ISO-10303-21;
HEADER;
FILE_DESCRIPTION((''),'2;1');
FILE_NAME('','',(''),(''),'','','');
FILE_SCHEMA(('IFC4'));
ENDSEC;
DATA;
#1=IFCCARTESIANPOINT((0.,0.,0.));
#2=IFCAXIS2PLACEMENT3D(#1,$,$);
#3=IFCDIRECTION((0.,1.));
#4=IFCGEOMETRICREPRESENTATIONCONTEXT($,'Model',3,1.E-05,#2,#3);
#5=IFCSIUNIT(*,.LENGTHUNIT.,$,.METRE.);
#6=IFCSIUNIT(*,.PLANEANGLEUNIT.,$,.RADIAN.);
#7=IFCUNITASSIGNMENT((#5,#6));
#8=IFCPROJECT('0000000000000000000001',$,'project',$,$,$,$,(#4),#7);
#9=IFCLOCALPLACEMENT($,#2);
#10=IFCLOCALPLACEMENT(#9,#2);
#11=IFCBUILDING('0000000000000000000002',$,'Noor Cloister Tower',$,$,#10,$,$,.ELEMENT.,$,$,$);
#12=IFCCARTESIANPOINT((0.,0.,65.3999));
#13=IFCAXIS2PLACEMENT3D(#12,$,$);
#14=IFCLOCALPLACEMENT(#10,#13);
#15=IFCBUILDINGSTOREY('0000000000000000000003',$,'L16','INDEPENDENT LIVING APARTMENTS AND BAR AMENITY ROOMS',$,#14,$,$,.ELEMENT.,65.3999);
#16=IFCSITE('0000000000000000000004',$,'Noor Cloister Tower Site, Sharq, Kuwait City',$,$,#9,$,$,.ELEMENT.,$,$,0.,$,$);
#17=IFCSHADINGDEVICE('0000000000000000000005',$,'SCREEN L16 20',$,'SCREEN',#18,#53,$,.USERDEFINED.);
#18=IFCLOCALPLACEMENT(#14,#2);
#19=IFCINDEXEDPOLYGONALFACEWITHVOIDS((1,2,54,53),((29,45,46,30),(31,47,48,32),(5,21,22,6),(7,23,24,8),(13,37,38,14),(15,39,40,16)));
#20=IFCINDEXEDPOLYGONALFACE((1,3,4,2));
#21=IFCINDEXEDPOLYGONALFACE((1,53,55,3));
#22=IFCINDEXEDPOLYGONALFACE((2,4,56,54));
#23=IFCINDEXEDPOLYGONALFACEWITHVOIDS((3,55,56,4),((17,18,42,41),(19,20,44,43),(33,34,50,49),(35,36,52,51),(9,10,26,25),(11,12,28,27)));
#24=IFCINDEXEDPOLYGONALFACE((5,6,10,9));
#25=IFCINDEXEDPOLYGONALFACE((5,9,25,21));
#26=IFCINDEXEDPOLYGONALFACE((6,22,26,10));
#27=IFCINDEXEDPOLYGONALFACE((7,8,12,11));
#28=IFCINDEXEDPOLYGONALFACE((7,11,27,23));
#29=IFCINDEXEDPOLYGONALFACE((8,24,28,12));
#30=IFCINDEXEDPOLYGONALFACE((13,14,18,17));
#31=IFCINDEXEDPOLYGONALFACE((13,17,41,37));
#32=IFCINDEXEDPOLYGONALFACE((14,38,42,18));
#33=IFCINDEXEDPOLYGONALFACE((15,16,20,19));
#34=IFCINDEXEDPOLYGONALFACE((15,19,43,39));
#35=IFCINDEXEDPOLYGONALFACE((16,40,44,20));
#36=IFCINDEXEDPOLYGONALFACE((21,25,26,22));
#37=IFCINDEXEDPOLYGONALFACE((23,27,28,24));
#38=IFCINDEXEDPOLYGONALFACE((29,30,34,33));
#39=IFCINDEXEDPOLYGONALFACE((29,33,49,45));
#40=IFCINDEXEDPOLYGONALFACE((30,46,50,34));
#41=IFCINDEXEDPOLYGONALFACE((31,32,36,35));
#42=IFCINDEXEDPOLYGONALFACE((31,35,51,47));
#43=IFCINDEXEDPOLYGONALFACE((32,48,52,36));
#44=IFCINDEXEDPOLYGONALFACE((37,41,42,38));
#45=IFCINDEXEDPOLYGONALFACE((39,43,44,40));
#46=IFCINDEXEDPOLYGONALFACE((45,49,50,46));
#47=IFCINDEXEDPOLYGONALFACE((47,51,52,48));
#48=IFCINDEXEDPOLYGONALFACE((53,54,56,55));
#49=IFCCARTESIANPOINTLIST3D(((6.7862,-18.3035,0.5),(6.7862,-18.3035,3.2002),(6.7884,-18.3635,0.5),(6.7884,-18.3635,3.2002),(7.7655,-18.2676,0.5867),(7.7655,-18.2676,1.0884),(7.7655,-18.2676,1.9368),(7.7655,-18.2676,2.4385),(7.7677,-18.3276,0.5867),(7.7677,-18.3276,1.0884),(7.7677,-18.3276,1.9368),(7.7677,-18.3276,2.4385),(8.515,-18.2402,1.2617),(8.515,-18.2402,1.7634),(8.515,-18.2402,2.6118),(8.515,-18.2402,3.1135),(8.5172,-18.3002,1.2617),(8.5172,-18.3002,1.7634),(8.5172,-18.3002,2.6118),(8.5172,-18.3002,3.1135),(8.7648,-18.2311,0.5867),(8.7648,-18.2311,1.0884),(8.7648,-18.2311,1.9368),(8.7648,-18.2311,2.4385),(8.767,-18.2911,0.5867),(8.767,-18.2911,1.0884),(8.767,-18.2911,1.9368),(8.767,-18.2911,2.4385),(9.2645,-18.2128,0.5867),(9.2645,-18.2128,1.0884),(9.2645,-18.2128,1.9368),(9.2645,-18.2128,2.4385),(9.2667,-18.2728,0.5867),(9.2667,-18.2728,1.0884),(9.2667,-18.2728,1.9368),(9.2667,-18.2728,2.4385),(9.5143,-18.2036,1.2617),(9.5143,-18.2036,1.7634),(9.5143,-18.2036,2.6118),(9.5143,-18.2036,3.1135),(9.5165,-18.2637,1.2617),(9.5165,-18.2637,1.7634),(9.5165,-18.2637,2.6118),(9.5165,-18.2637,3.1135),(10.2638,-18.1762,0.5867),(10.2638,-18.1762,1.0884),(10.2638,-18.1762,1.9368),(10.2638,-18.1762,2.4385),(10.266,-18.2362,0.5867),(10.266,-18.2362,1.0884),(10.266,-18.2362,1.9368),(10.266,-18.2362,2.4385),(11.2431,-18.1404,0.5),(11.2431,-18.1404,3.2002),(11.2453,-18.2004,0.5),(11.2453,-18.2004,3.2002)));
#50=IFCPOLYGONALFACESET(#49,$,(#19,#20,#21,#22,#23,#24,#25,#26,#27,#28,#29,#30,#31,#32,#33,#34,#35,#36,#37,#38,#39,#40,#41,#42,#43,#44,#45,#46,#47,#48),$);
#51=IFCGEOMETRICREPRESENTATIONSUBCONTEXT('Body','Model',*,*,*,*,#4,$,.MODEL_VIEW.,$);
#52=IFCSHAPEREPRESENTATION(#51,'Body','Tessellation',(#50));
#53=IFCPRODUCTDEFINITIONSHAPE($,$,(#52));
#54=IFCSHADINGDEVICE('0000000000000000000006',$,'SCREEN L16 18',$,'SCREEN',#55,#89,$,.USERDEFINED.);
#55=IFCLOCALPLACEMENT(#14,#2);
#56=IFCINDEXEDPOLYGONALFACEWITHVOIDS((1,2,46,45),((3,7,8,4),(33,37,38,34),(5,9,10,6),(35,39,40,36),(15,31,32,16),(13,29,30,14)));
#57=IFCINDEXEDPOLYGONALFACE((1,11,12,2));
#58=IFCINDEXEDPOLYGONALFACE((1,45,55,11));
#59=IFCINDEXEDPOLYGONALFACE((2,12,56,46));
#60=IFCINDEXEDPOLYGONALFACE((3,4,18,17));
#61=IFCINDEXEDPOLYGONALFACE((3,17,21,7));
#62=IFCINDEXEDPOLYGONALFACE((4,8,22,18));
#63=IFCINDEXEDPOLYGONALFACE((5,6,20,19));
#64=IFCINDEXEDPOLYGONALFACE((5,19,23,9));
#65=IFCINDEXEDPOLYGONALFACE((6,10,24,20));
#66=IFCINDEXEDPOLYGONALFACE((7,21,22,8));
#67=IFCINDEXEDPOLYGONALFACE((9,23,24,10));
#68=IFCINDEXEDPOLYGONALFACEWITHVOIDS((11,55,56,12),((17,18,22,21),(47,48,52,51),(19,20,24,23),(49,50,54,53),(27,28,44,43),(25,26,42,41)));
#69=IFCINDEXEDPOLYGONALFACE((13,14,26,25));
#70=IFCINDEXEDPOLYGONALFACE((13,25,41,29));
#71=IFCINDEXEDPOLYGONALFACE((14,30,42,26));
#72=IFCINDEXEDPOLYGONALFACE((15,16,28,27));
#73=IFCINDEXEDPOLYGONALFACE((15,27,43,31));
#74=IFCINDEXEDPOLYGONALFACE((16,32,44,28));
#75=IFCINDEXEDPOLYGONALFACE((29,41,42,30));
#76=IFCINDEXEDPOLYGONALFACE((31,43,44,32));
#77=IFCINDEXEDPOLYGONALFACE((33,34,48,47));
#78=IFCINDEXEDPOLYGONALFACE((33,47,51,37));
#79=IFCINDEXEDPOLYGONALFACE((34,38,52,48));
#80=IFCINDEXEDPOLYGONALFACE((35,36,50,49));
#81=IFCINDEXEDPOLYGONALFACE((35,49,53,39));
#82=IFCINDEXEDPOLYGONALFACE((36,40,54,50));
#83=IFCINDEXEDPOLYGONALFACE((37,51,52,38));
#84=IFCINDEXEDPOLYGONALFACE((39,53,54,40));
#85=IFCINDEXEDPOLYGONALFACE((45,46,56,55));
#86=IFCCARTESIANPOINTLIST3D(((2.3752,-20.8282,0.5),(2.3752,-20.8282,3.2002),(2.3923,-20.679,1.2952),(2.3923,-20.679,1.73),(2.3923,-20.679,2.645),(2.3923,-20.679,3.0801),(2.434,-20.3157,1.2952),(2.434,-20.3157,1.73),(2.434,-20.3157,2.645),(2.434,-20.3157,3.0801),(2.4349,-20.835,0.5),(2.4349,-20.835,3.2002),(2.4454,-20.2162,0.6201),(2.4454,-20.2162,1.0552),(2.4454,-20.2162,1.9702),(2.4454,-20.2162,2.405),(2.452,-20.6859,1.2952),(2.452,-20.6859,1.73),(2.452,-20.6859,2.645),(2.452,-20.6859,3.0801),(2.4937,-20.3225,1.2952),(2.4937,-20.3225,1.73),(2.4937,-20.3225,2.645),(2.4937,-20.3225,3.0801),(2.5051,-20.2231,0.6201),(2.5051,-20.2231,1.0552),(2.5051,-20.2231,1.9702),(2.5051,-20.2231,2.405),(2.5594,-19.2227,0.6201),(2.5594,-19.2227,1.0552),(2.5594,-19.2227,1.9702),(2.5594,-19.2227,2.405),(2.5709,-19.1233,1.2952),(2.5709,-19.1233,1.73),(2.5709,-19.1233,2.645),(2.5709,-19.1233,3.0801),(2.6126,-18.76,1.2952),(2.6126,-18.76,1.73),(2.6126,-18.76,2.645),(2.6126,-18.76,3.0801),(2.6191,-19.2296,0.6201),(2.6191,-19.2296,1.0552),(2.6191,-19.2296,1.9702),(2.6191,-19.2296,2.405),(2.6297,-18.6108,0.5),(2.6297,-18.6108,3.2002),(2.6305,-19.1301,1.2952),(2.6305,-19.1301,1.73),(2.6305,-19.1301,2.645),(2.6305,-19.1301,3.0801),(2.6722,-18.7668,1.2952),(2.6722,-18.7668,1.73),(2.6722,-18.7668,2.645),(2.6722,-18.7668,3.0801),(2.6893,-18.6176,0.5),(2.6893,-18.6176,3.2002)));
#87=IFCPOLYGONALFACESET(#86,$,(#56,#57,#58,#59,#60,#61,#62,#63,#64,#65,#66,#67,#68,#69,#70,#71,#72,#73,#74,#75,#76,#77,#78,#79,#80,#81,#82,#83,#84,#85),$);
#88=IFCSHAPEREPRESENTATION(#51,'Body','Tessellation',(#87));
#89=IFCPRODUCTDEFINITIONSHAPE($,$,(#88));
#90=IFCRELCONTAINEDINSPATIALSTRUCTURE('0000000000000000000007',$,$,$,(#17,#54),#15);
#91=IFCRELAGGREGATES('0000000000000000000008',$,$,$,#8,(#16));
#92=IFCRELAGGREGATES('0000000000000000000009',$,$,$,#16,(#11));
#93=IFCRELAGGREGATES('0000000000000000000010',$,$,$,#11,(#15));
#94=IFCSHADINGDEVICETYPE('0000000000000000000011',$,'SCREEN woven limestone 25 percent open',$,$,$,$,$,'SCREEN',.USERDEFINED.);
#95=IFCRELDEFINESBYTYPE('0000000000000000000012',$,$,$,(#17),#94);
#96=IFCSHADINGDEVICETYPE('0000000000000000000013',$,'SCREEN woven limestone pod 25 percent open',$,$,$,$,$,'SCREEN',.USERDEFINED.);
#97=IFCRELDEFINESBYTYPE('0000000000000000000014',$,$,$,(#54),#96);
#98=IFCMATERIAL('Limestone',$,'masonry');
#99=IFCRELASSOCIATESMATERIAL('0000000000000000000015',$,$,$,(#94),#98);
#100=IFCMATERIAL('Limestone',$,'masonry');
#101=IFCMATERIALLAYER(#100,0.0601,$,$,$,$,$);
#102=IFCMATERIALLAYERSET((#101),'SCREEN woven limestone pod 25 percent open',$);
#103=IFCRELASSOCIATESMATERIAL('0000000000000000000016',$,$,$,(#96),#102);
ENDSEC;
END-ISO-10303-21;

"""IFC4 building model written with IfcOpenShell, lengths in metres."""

from ifc_helpers import new_model, si_unit, direction, frame, origin, place, context, subcontext, project, spatial, polyline, outline, extrude, material, layer, layer_set, material_profile, profile_set, type_object, element, save


model = new_model("IFC4")

# Units and contexts
model_context = context("Model", 3, precision=1e-05, world=origin(), true_north=direction((0.0, 1.0)))
body_context = subcontext(model_context, "Body", "Model", "MODEL_VIEW")
ifc_project = project(units=[si_unit("LENGTHUNIT", "METRE"), si_unit("PLANEANGLEUNIT", "RADIAN")], contexts=[model_context])

# Site, building, storey
site_placement = place(None, origin())
site = spatial("IfcSite", under=ifc_project, at=site_placement, Name="Noor Cloister Tower Site, Sharq, Kuwait City", CompositionType="ELEMENT", RefElevation=0.0)
building_placement = place(site_placement, origin())
building = spatial("IfcBuilding", under=site, at=building_placement, Name="Noor Cloister Tower", CompositionType="ELEMENT")
storey_placement = place(building_placement, frame((0.0, 0.0, 65.3999)))
storey = spatial("IfcBuildingStorey", under=building, at=storey_placement, Name="L16", Description="INDEPENDENT LIVING APARTMENTS AND BAR AMENITY ROOMS", CompositionType="ELEMENT", Elevation=65.3999)

# Shading devices
ifc_material_1 = material(Name="Limestone", Category="masonry")
ifc_material_profile_1 = material_profile(ifc_material_1, outline(polyline([(-2.23, -1.3501), (2.23, -1.3501), (2.23, 1.3501), (-2.23, 1.3501), (-2.23, -1.3501)]), holes=[polyline([(-1.25, -1.2634), (-0.25, -1.2634), (-0.25, -0.7617), (-1.25, -0.7617), (-1.25, -1.2634)]), polyline([(0.25, -1.2634), (1.25, -1.2634), (1.25, -0.7617), (0.25, -0.7617), (0.25, -1.2634)]), polyline([(-0.5, -0.5884), (0.5, -0.5884), (0.5, -0.0867), (-0.5, -0.0867), (-0.5, -0.5884)]), polyline([(-1.25, 0.0867), (-0.25, 0.0867), (-0.25, 0.5884), (-1.25, 0.5884), (-1.25, 0.0867)]), polyline([(0.25, 0.0867), (1.25, 0.0867), (1.25, 0.5884), (0.25, 0.5884), (0.25, 0.0867)]), polyline([(-0.5, 0.7617), (0.5, 0.7617), (0.5, 1.2634), (-0.5, 1.2634), (-0.5, 0.7617)])]), Name="Woven screen 25 percent open")
ifc_profile_set_1 = profile_set([ifc_material_profile_1], Name="Limestone")
shading_device_type_1 = type_object("IfcShadingDeviceType", Name="SCREEN woven limestone 25 percent open", ElementType="SCREEN", PredefinedType="USERDEFINED", material=ifc_profile_set_1)
for number, where, z_axis, x_axis, name in (
    (1, (9.0146, -18.2219, 1.8501), (0.036561, -0.999331, 0.0), (0.999331, 0.036561, 0.0), "SCREEN L16 20"),
):
    element("IfcShadingDevice", number, at=place(storey_placement, frame(where, z_axis=z_axis, x_axis=x_axis)), inside=storey, type_object=shading_device_type_1, Name=name, ObjectType="SCREEN", PredefinedType="USERDEFINED", context=body_context, shape_type="SweptSolid", body=[
        extrude(outline(polyline([(-2.23, -1.3501), (2.23, -1.3501), (2.23, 1.3501), (-2.23, 1.3501), (-2.23, -1.3501)]), holes=[polyline([(-1.25, -1.2634), (-0.25, -1.2634), (-0.25, -0.7617), (-1.25, -0.7617), (-1.25, -1.2634)]), polyline([(0.25, -1.2634), (1.25, -1.2634), (1.25, -0.7617), (0.25, -0.7617), (0.25, -1.2634)]), polyline([(-0.5, -0.5884), (0.5, -0.5884), (0.5, -0.0867), (-0.5, -0.0867), (-0.5, -0.5884)]), polyline([(-1.25, 0.0867), (-0.25, 0.0867), (-0.25, 0.5884), (-1.25, 0.5884), (-1.25, 0.0867)]), polyline([(0.25, 0.0867), (1.25, 0.0867), (1.25, 0.5884), (0.25, 0.5884), (0.25, 0.0867)]), polyline([(-0.5, 0.7617), (0.5, 0.7617), (0.5, 1.2634), (-0.5, 1.2634), (-0.5, 0.7617)])]), origin(), (0.0, 0.0, 1.0), 0.0601),
    ])
ifc_material_2 = material(Name="Limestone", Category="masonry")
ifc_layer_1 = layer(ifc_material_2, 0.0601)
ifc_layer_set_1 = layer_set([ifc_layer_1], Name="SCREEN woven limestone pod 25 percent open")
shading_device_type_2 = type_object("IfcShadingDeviceType", Name="SCREEN woven limestone pod 25 percent open", ElementType="SCREEN", PredefinedType="USERDEFINED", material=ifc_layer_set_1)
shading_device_placement = place(storey_placement, frame((2.5024, -19.7195, 1.8501), z_axis=(0.99348, -0.114006, 0.0), x_axis=(0.114006, 0.99348, 0.0)))
element("IfcShadingDevice", 2, at=shading_device_placement, inside=storey, type_object=shading_device_type_2, Name="SCREEN L16 18", ObjectType="SCREEN", PredefinedType="USERDEFINED", context=body_context, shape_type="SweptSolid", body=[
    extrude(outline(polyline([(-1.116, -1.3501), (1.116, -1.3501), (1.116, 1.3501), (-1.116, 1.3501), (-1.116, -1.3501)]), holes=[polyline([(-0.5, -1.23), (0.5, -1.23), (0.5, -0.7949), (-0.5, -0.7949), (-0.5, -1.23)]), polyline([(0.6001, -0.5549), (0.9658, -0.5549), (0.9658, -0.1201), (0.6001, -0.1201), (0.6001, -0.5549)]), polyline([(-0.9658, -0.5549), (-0.6001, -0.5549), (-0.6001, -0.1201), (-0.9658, -0.1201), (-0.9658, -0.5549)]), polyline([(-0.5, 0.1201), (0.5, 0.1201), (0.5, 0.5549), (-0.5, 0.5549), (-0.5, 0.1201)]), polyline([(0.6001, 0.7949), (0.9658, 0.7949), (0.9658, 1.23), (0.6001, 1.23), (0.6001, 0.7949)]), polyline([(-0.9658, 0.7949), (-0.6001, 0.7949), (-0.6001, 1.23), (-0.9658, 1.23), (-0.9658, 0.7949)])]), origin(), (0.0, 0.0, 1.0), 0.0601),
])

save(model, "model.ifc")
